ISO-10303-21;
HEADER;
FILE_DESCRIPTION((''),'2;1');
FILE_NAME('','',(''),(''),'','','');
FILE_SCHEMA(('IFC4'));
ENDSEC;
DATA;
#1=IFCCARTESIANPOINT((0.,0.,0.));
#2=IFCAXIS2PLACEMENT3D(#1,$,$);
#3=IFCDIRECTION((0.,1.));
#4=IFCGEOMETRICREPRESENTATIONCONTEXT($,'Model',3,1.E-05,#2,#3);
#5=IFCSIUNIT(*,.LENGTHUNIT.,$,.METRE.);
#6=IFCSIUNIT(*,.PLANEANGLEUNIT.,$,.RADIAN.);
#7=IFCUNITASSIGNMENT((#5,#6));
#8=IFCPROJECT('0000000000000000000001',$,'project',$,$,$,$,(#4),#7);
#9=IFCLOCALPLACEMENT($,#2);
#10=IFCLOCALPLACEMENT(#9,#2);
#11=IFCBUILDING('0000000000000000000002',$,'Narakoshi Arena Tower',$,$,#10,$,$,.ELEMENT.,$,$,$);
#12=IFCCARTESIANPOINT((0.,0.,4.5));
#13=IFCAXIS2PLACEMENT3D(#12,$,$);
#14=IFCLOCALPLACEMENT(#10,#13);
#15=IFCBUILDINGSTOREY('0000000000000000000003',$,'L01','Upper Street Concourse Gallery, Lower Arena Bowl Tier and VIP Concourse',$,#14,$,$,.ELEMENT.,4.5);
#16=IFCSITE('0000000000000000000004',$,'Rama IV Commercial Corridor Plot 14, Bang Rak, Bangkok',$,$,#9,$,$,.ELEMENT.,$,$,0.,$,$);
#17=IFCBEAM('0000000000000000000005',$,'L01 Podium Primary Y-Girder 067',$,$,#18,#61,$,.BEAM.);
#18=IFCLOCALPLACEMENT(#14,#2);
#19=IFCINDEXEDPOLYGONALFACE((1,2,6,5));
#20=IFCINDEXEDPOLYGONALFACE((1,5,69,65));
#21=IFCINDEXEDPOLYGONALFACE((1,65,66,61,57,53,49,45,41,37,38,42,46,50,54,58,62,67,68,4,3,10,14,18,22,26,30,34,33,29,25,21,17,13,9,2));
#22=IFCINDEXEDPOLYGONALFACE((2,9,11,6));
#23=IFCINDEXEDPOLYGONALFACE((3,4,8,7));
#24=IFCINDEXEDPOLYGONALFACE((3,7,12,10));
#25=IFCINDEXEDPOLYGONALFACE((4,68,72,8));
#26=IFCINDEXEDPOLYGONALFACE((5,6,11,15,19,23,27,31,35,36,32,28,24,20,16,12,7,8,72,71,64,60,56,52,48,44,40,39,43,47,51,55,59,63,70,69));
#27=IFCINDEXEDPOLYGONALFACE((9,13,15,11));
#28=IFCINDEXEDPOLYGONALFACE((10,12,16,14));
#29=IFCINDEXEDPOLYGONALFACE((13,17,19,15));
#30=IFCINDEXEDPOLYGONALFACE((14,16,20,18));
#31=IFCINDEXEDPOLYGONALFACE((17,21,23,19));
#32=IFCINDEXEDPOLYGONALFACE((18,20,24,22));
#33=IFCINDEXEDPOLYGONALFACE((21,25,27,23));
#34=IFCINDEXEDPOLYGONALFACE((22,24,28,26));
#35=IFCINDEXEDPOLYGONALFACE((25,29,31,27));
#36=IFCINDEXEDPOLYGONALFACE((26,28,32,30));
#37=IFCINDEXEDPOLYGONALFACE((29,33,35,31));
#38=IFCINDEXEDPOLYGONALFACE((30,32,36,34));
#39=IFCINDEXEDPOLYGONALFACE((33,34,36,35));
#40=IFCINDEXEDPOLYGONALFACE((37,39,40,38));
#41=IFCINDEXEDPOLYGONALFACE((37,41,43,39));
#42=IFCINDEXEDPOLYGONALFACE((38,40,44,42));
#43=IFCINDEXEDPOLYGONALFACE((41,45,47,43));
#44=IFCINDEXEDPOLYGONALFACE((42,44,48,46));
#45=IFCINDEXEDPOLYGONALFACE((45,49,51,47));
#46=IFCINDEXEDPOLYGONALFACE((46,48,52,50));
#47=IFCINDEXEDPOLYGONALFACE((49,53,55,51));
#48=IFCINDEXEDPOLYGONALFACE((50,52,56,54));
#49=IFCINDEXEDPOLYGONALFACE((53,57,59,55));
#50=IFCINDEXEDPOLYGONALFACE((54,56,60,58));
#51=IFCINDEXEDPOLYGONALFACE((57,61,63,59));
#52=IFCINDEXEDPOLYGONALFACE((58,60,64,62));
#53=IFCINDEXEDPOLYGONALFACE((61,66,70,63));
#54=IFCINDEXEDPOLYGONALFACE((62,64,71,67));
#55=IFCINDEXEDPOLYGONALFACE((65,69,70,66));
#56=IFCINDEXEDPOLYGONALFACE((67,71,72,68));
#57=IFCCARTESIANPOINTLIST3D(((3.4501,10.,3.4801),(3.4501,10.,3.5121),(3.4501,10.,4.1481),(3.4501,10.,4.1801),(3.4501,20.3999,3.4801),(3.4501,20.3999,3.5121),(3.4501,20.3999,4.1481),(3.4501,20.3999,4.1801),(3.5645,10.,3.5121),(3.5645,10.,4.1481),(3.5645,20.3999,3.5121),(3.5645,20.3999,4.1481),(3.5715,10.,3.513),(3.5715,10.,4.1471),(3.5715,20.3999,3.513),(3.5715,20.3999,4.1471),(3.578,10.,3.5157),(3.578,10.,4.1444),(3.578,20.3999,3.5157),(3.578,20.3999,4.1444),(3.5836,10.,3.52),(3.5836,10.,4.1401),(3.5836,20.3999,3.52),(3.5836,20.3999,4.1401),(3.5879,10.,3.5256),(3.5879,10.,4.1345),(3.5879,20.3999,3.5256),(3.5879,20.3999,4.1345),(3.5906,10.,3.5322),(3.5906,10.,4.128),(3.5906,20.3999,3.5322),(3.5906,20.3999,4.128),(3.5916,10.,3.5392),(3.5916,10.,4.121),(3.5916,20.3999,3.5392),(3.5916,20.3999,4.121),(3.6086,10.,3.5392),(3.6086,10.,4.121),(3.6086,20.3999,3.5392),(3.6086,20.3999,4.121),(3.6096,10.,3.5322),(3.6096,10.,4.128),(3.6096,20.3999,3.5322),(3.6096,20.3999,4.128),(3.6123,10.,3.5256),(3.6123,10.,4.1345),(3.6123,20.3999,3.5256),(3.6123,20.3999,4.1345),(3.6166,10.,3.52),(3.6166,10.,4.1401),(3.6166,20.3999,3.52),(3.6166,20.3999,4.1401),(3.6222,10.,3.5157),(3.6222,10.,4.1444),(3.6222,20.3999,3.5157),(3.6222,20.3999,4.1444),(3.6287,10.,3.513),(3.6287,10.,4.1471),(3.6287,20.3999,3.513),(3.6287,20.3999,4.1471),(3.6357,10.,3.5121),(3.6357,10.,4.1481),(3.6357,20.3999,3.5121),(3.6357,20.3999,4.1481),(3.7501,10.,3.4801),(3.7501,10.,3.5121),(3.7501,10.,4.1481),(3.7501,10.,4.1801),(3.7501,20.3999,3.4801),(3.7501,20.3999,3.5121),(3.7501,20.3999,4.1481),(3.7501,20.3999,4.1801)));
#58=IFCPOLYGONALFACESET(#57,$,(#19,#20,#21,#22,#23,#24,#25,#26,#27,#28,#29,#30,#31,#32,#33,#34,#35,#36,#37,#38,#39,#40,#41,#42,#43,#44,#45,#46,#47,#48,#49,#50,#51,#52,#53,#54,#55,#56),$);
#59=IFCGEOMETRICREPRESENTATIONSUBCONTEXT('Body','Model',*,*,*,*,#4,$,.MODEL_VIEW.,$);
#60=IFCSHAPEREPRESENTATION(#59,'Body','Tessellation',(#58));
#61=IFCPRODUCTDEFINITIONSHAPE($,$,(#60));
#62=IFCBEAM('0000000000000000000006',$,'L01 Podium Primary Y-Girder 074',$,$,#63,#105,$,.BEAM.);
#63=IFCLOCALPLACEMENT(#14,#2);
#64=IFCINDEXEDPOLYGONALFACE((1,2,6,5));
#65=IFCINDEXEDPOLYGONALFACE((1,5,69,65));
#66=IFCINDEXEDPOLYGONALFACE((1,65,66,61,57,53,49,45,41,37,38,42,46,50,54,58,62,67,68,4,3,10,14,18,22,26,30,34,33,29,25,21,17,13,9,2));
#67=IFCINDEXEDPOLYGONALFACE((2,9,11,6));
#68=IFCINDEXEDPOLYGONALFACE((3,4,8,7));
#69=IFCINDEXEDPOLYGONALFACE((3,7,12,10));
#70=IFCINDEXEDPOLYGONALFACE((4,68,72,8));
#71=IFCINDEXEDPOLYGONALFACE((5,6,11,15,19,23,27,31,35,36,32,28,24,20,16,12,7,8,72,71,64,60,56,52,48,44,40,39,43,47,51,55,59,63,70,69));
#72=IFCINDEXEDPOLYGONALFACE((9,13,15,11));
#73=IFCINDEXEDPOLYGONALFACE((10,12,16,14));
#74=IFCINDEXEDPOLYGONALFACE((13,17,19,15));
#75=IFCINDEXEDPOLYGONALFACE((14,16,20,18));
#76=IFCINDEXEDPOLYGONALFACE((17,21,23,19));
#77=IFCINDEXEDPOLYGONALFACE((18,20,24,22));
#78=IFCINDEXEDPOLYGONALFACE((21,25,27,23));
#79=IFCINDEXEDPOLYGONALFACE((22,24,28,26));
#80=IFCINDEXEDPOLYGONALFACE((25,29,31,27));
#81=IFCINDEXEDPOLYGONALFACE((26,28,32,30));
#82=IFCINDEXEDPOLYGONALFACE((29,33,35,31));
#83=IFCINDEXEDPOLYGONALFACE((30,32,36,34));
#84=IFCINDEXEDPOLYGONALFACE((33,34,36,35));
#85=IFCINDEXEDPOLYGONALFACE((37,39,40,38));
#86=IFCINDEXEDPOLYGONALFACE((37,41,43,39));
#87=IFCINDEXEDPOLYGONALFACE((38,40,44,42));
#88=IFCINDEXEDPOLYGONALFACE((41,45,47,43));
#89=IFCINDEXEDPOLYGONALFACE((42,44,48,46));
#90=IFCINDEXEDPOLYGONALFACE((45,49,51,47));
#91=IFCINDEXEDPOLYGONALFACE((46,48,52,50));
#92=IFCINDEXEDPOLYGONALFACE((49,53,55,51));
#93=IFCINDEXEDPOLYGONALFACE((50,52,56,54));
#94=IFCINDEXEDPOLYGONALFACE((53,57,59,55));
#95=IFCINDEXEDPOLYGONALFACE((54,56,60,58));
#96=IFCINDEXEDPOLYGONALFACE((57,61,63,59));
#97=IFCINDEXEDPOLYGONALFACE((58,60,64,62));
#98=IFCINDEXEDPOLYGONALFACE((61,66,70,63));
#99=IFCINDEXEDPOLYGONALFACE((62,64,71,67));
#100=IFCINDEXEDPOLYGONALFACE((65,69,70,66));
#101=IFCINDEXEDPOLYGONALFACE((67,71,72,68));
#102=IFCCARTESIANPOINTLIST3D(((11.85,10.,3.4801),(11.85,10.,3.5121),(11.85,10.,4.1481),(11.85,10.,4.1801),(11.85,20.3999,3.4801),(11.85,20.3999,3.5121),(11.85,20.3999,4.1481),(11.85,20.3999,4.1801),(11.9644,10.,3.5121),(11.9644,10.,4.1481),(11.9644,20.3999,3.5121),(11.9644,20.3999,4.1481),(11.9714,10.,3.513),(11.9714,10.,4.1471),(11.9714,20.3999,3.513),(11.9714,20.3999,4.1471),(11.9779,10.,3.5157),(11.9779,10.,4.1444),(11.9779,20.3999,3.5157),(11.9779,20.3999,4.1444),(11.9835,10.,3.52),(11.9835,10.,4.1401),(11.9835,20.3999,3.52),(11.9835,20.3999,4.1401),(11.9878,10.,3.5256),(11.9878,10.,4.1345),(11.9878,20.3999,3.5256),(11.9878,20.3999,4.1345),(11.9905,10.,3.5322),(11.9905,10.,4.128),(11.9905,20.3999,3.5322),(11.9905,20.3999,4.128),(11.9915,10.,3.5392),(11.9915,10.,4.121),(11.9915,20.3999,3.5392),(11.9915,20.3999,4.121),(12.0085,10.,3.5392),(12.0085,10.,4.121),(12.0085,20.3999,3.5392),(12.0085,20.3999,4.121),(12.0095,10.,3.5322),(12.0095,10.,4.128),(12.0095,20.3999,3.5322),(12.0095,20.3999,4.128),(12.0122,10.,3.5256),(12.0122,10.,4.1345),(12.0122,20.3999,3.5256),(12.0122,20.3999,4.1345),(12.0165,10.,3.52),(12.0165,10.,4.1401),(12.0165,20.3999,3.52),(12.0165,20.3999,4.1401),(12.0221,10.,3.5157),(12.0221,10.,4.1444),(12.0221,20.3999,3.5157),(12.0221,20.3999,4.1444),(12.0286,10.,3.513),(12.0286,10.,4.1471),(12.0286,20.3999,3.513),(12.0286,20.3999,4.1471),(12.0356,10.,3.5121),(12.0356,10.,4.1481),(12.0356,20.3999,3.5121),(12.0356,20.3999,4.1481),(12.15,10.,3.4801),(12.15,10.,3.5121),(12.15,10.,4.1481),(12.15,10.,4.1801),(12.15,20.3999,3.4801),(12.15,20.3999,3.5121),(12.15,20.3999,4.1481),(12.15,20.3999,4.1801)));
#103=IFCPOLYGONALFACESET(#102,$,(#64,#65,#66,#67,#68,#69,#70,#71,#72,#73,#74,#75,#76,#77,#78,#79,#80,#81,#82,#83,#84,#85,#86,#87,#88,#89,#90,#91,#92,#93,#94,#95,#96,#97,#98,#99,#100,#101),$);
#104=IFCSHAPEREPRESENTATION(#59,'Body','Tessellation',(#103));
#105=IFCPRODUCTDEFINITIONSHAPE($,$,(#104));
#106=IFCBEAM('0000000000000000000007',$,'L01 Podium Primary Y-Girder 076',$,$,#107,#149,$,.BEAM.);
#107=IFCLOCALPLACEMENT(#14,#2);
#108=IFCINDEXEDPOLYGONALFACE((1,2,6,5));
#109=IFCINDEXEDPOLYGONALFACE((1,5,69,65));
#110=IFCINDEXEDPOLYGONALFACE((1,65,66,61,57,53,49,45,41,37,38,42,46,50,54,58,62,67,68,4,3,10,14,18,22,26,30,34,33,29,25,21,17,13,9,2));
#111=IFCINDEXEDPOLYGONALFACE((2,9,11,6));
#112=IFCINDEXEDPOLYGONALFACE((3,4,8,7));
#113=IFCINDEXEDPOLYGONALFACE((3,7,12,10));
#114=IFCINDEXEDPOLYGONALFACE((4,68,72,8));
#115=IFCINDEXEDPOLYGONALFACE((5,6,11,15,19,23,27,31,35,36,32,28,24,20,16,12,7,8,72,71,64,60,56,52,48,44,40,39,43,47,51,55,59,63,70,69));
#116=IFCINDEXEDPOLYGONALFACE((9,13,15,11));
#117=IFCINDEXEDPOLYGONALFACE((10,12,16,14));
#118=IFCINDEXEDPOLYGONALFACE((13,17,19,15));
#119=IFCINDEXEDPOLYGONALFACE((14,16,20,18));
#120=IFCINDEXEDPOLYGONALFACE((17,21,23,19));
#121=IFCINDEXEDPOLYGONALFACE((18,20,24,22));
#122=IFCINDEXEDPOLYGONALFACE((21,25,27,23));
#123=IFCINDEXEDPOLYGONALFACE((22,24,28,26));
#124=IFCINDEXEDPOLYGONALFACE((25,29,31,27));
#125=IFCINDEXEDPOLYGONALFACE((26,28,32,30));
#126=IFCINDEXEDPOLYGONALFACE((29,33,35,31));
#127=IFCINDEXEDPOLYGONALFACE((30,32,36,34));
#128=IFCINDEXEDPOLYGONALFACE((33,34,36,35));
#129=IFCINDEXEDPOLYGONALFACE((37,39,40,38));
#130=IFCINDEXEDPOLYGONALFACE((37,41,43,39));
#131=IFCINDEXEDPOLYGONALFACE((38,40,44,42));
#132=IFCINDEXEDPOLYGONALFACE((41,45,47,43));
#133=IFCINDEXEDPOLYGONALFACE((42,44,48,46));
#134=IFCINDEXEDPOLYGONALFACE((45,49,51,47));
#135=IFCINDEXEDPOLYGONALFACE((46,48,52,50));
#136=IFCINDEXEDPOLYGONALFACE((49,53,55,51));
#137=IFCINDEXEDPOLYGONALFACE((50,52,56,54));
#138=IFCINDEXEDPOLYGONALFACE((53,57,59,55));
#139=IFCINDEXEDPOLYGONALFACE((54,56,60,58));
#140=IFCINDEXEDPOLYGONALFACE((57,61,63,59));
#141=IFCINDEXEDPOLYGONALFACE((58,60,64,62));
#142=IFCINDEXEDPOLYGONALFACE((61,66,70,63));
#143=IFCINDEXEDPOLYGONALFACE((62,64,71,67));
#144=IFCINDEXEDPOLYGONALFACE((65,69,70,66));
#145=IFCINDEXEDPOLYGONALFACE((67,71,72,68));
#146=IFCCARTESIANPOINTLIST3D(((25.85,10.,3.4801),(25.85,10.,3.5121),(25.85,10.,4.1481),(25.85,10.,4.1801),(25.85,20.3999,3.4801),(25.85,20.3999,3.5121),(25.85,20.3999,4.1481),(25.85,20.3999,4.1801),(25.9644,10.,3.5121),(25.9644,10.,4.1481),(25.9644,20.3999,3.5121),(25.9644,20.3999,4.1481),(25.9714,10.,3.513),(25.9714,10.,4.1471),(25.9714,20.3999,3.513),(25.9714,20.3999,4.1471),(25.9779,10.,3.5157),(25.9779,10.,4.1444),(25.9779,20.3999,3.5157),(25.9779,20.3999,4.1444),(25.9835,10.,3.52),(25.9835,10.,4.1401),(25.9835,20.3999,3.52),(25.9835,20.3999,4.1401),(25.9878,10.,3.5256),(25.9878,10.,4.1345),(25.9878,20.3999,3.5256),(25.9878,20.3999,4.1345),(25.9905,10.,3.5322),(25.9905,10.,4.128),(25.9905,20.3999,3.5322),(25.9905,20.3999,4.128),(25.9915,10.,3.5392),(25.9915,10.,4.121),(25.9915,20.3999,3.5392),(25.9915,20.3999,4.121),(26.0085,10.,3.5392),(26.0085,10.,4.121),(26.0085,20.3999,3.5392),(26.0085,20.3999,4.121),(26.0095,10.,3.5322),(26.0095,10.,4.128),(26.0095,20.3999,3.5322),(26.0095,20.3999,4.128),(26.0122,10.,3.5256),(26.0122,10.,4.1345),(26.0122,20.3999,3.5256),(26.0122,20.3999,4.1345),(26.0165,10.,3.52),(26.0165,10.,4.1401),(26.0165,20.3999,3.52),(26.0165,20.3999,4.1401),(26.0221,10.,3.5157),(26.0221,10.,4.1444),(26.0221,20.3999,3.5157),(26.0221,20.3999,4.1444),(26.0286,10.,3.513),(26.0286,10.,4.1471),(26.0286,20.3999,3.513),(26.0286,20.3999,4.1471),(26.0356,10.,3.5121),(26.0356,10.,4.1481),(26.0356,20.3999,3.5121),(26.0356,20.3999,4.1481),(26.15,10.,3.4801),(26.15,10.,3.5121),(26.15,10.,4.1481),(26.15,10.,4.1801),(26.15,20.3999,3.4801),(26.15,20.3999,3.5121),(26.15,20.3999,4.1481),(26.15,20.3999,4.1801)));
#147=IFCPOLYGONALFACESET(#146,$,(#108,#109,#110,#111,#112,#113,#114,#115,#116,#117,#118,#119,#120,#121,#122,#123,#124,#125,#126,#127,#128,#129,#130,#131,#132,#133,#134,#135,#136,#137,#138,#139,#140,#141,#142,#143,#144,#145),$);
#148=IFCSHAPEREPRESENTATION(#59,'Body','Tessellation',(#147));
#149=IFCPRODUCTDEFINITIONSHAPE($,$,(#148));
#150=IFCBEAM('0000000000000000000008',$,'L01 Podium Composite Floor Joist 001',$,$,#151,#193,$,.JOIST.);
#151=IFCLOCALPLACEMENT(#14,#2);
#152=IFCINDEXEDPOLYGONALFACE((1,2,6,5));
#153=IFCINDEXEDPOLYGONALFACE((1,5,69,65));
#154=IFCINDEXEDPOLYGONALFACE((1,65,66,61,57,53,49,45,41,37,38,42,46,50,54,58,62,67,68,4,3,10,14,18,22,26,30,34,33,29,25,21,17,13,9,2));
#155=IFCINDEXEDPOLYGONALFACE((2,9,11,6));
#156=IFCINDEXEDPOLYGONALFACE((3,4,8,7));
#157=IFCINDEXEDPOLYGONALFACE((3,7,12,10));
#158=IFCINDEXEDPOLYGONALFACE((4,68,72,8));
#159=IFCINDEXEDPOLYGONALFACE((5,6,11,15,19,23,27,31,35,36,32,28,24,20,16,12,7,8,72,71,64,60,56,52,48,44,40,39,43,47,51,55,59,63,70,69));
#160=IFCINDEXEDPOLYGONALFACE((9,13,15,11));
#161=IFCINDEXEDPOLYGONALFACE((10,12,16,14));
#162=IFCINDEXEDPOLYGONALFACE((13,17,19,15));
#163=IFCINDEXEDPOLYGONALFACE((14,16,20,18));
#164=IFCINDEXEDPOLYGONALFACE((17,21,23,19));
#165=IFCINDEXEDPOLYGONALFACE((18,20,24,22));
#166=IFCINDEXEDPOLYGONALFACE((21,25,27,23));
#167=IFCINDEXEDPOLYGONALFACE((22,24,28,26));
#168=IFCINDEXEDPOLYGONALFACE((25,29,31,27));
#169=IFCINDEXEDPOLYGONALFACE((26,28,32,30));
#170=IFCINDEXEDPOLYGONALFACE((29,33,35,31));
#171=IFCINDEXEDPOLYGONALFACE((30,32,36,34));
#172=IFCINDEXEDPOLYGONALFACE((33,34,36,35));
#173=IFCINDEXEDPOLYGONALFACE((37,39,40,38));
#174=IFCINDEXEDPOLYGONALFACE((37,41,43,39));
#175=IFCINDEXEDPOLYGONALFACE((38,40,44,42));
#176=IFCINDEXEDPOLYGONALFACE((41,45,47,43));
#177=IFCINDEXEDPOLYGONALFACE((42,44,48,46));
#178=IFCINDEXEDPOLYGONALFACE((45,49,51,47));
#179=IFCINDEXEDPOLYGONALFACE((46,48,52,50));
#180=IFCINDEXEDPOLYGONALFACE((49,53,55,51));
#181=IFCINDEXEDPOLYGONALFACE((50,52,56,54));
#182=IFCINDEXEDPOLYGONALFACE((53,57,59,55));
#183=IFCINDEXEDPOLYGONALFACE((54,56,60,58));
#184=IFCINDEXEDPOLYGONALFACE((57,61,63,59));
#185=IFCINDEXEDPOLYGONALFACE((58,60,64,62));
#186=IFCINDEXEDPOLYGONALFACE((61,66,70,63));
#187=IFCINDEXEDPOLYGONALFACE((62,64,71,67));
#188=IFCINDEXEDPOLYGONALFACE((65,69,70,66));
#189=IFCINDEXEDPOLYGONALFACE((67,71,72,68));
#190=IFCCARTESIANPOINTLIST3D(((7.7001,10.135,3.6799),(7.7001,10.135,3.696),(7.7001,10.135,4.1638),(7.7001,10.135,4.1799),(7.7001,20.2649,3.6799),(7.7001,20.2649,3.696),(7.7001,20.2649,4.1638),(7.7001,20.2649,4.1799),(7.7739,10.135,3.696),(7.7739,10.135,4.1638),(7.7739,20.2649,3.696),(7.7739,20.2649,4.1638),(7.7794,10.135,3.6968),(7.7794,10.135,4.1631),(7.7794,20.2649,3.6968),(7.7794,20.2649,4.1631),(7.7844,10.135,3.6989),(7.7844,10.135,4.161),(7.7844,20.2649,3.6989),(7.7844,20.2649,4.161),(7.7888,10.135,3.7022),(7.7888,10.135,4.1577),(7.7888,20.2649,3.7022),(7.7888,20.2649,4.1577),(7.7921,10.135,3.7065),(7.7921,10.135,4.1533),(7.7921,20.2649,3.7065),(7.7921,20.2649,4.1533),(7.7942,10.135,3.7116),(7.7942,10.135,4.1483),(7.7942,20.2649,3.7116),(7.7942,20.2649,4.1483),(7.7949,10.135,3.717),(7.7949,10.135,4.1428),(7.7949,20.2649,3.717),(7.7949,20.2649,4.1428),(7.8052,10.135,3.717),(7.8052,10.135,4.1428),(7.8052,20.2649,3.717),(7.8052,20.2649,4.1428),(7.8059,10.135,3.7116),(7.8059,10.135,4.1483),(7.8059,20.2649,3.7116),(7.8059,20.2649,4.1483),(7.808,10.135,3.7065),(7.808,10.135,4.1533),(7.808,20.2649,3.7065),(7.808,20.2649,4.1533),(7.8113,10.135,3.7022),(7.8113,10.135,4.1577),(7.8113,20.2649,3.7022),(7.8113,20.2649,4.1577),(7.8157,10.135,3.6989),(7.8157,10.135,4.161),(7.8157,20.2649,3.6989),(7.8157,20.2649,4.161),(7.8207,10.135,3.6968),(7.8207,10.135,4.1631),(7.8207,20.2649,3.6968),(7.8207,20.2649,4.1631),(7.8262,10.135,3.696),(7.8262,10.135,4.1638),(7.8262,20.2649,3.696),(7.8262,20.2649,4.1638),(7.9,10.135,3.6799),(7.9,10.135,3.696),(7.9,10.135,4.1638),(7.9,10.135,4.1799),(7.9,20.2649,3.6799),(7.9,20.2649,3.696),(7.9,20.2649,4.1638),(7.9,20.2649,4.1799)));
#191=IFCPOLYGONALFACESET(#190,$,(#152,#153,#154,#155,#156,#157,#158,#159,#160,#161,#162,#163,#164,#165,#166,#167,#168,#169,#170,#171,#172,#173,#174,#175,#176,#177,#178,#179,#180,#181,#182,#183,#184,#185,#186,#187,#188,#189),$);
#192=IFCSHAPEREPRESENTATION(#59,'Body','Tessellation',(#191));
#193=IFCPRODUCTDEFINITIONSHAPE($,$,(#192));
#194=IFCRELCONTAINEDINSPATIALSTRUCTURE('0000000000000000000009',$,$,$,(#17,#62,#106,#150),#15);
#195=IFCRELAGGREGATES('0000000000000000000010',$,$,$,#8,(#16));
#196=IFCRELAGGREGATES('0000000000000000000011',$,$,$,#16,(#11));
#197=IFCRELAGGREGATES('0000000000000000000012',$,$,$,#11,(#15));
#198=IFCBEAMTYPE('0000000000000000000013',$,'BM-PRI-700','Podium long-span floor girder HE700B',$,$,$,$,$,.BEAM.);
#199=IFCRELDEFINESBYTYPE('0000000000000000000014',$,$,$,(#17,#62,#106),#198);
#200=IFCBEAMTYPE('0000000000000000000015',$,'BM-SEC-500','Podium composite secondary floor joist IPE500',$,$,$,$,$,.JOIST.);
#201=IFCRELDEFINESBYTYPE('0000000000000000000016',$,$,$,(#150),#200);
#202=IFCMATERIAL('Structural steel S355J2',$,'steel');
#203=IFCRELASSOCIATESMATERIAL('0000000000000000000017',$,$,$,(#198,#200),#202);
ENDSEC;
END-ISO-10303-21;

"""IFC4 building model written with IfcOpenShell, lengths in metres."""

from ifc_helpers import new_model, si_unit, direction, frame, origin, origin_2d, place, context, subcontext, project, spatial, i_section, extrude, material, material_profile, profile_set, type_object, element, save


model = new_model("IFC4")

# Units and contexts
model_context = context("Model", 3, precision=1e-05, world=origin(), true_north=direction((0.0, 1.0)))
body_context = subcontext(model_context, "Body", "Model", "MODEL_VIEW")
ifc_project = project(units=[si_unit("LENGTHUNIT", "METRE"), si_unit("PLANEANGLEUNIT", "RADIAN")], contexts=[model_context])

# Site, building, storey
site_placement = place(None, origin())
site = spatial("IfcSite", under=ifc_project, at=site_placement, Name="Rama IV Commercial Corridor Plot 14, Bang Rak, Bangkok", CompositionType="ELEMENT", RefElevation=0.0)
building_placement = place(site_placement, origin())
building = spatial("IfcBuilding", under=site, at=building_placement, Name="Narakoshi Arena Tower", CompositionType="ELEMENT")
storey_placement = place(building_placement, frame((0.0, 0.0, 4.5)))
storey = spatial("IfcBuildingStorey", under=building, at=storey_placement, Name="L01", Description="Upper Street Concourse Gallery, Lower Arena Bowl Tier and VIP Concourse", CompositionType="ELEMENT", Elevation=4.5)

# Beams
ifc_material_1 = material(Name="Structural steel S355J2", Category="steel")
ifc_material_profile_1 = material_profile(ifc_material_1, i_section(OverallWidth=0.3, OverallDepth=0.7, WebThickness=0.0171, FlangeThickness=0.032, FilletRadius=0.0271, at=origin_2d()), Name="HE700B")
ifc_profile_set_1 = profile_set([ifc_material_profile_1], Name="Structural steel S355J2")
beam_type_1 = type_object("IfcBeamType", Name="BM-PRI-700", Description="Podium long-span floor girder HE700B", PredefinedType="BEAM", material=ifc_profile_set_1)
for number, where, z_axis, x_axis, name in (
    (1, (3.6001, 10.0, 3.8301), (0.0, 1.0, 0.0), (-1.0, 0.0, 0.0), "L01 Podium Primary Y-Girder 067"),
    (2, (12.0, 10.0, 3.8301), (0.0, 1.0, 0.0), (-1.0, 0.0, 0.0), "L01 Podium Primary Y-Girder 074"),
    (3, (26.0, 10.0, 3.8301), (0.0, 1.0, 0.0), (-1.0, 0.0, 0.0), "L01 Podium Primary Y-Girder 076"),
):
    element("IfcBeam", number, at=place(storey_placement, frame(where, z_axis=z_axis, x_axis=x_axis)), inside=storey, type_object=beam_type_1, Name=name, PredefinedType="BEAM", context=body_context, shape_type="SweptSolid", body=[
        extrude(i_section(OverallWidth=0.3, OverallDepth=0.7, WebThickness=0.0171, FlangeThickness=0.032, FilletRadius=0.0271, at=origin_2d()), origin(), (0.0, 0.0, 1.0), 10.3999),
    ])
ifc_material_profile_2 = material_profile(ifc_material_1, i_section(OverallWidth=0.2, OverallDepth=0.5, WebThickness=0.0103, FlangeThickness=0.0161, FilletRadius=0.021, at=origin_2d()), Name="IPE500")
ifc_profile_set_2 = profile_set([ifc_material_profile_2], Name="Structural steel S355J2")
beam_type_2 = type_object("IfcBeamType", Name="BM-SEC-500", Description="Podium composite secondary floor joist IPE500", PredefinedType="JOIST", material=ifc_profile_set_2)
for number, where, z_axis, x_axis, name in (
    (4, (7.8, 10.135, 3.9299), (0.0, 1.0, 0.0), (-1.0, 0.0, 0.0), "L01 Podium Composite Floor Joist 001"),
):
    element("IfcBeam", number, at=place(storey_placement, frame(where, z_axis=z_axis, x_axis=x_axis)), inside=storey, type_object=beam_type_2, Name=name, PredefinedType="JOIST", context=body_context, shape_type="SweptSolid", body=[
        extrude(i_section(OverallWidth=0.2, OverallDepth=0.5, WebThickness=0.0103, FlangeThickness=0.0161, FilletRadius=0.021, at=origin_2d()), origin(), (0.0, 0.0, 1.0), 10.1299),
    ])

save(model, "model.ifc")
